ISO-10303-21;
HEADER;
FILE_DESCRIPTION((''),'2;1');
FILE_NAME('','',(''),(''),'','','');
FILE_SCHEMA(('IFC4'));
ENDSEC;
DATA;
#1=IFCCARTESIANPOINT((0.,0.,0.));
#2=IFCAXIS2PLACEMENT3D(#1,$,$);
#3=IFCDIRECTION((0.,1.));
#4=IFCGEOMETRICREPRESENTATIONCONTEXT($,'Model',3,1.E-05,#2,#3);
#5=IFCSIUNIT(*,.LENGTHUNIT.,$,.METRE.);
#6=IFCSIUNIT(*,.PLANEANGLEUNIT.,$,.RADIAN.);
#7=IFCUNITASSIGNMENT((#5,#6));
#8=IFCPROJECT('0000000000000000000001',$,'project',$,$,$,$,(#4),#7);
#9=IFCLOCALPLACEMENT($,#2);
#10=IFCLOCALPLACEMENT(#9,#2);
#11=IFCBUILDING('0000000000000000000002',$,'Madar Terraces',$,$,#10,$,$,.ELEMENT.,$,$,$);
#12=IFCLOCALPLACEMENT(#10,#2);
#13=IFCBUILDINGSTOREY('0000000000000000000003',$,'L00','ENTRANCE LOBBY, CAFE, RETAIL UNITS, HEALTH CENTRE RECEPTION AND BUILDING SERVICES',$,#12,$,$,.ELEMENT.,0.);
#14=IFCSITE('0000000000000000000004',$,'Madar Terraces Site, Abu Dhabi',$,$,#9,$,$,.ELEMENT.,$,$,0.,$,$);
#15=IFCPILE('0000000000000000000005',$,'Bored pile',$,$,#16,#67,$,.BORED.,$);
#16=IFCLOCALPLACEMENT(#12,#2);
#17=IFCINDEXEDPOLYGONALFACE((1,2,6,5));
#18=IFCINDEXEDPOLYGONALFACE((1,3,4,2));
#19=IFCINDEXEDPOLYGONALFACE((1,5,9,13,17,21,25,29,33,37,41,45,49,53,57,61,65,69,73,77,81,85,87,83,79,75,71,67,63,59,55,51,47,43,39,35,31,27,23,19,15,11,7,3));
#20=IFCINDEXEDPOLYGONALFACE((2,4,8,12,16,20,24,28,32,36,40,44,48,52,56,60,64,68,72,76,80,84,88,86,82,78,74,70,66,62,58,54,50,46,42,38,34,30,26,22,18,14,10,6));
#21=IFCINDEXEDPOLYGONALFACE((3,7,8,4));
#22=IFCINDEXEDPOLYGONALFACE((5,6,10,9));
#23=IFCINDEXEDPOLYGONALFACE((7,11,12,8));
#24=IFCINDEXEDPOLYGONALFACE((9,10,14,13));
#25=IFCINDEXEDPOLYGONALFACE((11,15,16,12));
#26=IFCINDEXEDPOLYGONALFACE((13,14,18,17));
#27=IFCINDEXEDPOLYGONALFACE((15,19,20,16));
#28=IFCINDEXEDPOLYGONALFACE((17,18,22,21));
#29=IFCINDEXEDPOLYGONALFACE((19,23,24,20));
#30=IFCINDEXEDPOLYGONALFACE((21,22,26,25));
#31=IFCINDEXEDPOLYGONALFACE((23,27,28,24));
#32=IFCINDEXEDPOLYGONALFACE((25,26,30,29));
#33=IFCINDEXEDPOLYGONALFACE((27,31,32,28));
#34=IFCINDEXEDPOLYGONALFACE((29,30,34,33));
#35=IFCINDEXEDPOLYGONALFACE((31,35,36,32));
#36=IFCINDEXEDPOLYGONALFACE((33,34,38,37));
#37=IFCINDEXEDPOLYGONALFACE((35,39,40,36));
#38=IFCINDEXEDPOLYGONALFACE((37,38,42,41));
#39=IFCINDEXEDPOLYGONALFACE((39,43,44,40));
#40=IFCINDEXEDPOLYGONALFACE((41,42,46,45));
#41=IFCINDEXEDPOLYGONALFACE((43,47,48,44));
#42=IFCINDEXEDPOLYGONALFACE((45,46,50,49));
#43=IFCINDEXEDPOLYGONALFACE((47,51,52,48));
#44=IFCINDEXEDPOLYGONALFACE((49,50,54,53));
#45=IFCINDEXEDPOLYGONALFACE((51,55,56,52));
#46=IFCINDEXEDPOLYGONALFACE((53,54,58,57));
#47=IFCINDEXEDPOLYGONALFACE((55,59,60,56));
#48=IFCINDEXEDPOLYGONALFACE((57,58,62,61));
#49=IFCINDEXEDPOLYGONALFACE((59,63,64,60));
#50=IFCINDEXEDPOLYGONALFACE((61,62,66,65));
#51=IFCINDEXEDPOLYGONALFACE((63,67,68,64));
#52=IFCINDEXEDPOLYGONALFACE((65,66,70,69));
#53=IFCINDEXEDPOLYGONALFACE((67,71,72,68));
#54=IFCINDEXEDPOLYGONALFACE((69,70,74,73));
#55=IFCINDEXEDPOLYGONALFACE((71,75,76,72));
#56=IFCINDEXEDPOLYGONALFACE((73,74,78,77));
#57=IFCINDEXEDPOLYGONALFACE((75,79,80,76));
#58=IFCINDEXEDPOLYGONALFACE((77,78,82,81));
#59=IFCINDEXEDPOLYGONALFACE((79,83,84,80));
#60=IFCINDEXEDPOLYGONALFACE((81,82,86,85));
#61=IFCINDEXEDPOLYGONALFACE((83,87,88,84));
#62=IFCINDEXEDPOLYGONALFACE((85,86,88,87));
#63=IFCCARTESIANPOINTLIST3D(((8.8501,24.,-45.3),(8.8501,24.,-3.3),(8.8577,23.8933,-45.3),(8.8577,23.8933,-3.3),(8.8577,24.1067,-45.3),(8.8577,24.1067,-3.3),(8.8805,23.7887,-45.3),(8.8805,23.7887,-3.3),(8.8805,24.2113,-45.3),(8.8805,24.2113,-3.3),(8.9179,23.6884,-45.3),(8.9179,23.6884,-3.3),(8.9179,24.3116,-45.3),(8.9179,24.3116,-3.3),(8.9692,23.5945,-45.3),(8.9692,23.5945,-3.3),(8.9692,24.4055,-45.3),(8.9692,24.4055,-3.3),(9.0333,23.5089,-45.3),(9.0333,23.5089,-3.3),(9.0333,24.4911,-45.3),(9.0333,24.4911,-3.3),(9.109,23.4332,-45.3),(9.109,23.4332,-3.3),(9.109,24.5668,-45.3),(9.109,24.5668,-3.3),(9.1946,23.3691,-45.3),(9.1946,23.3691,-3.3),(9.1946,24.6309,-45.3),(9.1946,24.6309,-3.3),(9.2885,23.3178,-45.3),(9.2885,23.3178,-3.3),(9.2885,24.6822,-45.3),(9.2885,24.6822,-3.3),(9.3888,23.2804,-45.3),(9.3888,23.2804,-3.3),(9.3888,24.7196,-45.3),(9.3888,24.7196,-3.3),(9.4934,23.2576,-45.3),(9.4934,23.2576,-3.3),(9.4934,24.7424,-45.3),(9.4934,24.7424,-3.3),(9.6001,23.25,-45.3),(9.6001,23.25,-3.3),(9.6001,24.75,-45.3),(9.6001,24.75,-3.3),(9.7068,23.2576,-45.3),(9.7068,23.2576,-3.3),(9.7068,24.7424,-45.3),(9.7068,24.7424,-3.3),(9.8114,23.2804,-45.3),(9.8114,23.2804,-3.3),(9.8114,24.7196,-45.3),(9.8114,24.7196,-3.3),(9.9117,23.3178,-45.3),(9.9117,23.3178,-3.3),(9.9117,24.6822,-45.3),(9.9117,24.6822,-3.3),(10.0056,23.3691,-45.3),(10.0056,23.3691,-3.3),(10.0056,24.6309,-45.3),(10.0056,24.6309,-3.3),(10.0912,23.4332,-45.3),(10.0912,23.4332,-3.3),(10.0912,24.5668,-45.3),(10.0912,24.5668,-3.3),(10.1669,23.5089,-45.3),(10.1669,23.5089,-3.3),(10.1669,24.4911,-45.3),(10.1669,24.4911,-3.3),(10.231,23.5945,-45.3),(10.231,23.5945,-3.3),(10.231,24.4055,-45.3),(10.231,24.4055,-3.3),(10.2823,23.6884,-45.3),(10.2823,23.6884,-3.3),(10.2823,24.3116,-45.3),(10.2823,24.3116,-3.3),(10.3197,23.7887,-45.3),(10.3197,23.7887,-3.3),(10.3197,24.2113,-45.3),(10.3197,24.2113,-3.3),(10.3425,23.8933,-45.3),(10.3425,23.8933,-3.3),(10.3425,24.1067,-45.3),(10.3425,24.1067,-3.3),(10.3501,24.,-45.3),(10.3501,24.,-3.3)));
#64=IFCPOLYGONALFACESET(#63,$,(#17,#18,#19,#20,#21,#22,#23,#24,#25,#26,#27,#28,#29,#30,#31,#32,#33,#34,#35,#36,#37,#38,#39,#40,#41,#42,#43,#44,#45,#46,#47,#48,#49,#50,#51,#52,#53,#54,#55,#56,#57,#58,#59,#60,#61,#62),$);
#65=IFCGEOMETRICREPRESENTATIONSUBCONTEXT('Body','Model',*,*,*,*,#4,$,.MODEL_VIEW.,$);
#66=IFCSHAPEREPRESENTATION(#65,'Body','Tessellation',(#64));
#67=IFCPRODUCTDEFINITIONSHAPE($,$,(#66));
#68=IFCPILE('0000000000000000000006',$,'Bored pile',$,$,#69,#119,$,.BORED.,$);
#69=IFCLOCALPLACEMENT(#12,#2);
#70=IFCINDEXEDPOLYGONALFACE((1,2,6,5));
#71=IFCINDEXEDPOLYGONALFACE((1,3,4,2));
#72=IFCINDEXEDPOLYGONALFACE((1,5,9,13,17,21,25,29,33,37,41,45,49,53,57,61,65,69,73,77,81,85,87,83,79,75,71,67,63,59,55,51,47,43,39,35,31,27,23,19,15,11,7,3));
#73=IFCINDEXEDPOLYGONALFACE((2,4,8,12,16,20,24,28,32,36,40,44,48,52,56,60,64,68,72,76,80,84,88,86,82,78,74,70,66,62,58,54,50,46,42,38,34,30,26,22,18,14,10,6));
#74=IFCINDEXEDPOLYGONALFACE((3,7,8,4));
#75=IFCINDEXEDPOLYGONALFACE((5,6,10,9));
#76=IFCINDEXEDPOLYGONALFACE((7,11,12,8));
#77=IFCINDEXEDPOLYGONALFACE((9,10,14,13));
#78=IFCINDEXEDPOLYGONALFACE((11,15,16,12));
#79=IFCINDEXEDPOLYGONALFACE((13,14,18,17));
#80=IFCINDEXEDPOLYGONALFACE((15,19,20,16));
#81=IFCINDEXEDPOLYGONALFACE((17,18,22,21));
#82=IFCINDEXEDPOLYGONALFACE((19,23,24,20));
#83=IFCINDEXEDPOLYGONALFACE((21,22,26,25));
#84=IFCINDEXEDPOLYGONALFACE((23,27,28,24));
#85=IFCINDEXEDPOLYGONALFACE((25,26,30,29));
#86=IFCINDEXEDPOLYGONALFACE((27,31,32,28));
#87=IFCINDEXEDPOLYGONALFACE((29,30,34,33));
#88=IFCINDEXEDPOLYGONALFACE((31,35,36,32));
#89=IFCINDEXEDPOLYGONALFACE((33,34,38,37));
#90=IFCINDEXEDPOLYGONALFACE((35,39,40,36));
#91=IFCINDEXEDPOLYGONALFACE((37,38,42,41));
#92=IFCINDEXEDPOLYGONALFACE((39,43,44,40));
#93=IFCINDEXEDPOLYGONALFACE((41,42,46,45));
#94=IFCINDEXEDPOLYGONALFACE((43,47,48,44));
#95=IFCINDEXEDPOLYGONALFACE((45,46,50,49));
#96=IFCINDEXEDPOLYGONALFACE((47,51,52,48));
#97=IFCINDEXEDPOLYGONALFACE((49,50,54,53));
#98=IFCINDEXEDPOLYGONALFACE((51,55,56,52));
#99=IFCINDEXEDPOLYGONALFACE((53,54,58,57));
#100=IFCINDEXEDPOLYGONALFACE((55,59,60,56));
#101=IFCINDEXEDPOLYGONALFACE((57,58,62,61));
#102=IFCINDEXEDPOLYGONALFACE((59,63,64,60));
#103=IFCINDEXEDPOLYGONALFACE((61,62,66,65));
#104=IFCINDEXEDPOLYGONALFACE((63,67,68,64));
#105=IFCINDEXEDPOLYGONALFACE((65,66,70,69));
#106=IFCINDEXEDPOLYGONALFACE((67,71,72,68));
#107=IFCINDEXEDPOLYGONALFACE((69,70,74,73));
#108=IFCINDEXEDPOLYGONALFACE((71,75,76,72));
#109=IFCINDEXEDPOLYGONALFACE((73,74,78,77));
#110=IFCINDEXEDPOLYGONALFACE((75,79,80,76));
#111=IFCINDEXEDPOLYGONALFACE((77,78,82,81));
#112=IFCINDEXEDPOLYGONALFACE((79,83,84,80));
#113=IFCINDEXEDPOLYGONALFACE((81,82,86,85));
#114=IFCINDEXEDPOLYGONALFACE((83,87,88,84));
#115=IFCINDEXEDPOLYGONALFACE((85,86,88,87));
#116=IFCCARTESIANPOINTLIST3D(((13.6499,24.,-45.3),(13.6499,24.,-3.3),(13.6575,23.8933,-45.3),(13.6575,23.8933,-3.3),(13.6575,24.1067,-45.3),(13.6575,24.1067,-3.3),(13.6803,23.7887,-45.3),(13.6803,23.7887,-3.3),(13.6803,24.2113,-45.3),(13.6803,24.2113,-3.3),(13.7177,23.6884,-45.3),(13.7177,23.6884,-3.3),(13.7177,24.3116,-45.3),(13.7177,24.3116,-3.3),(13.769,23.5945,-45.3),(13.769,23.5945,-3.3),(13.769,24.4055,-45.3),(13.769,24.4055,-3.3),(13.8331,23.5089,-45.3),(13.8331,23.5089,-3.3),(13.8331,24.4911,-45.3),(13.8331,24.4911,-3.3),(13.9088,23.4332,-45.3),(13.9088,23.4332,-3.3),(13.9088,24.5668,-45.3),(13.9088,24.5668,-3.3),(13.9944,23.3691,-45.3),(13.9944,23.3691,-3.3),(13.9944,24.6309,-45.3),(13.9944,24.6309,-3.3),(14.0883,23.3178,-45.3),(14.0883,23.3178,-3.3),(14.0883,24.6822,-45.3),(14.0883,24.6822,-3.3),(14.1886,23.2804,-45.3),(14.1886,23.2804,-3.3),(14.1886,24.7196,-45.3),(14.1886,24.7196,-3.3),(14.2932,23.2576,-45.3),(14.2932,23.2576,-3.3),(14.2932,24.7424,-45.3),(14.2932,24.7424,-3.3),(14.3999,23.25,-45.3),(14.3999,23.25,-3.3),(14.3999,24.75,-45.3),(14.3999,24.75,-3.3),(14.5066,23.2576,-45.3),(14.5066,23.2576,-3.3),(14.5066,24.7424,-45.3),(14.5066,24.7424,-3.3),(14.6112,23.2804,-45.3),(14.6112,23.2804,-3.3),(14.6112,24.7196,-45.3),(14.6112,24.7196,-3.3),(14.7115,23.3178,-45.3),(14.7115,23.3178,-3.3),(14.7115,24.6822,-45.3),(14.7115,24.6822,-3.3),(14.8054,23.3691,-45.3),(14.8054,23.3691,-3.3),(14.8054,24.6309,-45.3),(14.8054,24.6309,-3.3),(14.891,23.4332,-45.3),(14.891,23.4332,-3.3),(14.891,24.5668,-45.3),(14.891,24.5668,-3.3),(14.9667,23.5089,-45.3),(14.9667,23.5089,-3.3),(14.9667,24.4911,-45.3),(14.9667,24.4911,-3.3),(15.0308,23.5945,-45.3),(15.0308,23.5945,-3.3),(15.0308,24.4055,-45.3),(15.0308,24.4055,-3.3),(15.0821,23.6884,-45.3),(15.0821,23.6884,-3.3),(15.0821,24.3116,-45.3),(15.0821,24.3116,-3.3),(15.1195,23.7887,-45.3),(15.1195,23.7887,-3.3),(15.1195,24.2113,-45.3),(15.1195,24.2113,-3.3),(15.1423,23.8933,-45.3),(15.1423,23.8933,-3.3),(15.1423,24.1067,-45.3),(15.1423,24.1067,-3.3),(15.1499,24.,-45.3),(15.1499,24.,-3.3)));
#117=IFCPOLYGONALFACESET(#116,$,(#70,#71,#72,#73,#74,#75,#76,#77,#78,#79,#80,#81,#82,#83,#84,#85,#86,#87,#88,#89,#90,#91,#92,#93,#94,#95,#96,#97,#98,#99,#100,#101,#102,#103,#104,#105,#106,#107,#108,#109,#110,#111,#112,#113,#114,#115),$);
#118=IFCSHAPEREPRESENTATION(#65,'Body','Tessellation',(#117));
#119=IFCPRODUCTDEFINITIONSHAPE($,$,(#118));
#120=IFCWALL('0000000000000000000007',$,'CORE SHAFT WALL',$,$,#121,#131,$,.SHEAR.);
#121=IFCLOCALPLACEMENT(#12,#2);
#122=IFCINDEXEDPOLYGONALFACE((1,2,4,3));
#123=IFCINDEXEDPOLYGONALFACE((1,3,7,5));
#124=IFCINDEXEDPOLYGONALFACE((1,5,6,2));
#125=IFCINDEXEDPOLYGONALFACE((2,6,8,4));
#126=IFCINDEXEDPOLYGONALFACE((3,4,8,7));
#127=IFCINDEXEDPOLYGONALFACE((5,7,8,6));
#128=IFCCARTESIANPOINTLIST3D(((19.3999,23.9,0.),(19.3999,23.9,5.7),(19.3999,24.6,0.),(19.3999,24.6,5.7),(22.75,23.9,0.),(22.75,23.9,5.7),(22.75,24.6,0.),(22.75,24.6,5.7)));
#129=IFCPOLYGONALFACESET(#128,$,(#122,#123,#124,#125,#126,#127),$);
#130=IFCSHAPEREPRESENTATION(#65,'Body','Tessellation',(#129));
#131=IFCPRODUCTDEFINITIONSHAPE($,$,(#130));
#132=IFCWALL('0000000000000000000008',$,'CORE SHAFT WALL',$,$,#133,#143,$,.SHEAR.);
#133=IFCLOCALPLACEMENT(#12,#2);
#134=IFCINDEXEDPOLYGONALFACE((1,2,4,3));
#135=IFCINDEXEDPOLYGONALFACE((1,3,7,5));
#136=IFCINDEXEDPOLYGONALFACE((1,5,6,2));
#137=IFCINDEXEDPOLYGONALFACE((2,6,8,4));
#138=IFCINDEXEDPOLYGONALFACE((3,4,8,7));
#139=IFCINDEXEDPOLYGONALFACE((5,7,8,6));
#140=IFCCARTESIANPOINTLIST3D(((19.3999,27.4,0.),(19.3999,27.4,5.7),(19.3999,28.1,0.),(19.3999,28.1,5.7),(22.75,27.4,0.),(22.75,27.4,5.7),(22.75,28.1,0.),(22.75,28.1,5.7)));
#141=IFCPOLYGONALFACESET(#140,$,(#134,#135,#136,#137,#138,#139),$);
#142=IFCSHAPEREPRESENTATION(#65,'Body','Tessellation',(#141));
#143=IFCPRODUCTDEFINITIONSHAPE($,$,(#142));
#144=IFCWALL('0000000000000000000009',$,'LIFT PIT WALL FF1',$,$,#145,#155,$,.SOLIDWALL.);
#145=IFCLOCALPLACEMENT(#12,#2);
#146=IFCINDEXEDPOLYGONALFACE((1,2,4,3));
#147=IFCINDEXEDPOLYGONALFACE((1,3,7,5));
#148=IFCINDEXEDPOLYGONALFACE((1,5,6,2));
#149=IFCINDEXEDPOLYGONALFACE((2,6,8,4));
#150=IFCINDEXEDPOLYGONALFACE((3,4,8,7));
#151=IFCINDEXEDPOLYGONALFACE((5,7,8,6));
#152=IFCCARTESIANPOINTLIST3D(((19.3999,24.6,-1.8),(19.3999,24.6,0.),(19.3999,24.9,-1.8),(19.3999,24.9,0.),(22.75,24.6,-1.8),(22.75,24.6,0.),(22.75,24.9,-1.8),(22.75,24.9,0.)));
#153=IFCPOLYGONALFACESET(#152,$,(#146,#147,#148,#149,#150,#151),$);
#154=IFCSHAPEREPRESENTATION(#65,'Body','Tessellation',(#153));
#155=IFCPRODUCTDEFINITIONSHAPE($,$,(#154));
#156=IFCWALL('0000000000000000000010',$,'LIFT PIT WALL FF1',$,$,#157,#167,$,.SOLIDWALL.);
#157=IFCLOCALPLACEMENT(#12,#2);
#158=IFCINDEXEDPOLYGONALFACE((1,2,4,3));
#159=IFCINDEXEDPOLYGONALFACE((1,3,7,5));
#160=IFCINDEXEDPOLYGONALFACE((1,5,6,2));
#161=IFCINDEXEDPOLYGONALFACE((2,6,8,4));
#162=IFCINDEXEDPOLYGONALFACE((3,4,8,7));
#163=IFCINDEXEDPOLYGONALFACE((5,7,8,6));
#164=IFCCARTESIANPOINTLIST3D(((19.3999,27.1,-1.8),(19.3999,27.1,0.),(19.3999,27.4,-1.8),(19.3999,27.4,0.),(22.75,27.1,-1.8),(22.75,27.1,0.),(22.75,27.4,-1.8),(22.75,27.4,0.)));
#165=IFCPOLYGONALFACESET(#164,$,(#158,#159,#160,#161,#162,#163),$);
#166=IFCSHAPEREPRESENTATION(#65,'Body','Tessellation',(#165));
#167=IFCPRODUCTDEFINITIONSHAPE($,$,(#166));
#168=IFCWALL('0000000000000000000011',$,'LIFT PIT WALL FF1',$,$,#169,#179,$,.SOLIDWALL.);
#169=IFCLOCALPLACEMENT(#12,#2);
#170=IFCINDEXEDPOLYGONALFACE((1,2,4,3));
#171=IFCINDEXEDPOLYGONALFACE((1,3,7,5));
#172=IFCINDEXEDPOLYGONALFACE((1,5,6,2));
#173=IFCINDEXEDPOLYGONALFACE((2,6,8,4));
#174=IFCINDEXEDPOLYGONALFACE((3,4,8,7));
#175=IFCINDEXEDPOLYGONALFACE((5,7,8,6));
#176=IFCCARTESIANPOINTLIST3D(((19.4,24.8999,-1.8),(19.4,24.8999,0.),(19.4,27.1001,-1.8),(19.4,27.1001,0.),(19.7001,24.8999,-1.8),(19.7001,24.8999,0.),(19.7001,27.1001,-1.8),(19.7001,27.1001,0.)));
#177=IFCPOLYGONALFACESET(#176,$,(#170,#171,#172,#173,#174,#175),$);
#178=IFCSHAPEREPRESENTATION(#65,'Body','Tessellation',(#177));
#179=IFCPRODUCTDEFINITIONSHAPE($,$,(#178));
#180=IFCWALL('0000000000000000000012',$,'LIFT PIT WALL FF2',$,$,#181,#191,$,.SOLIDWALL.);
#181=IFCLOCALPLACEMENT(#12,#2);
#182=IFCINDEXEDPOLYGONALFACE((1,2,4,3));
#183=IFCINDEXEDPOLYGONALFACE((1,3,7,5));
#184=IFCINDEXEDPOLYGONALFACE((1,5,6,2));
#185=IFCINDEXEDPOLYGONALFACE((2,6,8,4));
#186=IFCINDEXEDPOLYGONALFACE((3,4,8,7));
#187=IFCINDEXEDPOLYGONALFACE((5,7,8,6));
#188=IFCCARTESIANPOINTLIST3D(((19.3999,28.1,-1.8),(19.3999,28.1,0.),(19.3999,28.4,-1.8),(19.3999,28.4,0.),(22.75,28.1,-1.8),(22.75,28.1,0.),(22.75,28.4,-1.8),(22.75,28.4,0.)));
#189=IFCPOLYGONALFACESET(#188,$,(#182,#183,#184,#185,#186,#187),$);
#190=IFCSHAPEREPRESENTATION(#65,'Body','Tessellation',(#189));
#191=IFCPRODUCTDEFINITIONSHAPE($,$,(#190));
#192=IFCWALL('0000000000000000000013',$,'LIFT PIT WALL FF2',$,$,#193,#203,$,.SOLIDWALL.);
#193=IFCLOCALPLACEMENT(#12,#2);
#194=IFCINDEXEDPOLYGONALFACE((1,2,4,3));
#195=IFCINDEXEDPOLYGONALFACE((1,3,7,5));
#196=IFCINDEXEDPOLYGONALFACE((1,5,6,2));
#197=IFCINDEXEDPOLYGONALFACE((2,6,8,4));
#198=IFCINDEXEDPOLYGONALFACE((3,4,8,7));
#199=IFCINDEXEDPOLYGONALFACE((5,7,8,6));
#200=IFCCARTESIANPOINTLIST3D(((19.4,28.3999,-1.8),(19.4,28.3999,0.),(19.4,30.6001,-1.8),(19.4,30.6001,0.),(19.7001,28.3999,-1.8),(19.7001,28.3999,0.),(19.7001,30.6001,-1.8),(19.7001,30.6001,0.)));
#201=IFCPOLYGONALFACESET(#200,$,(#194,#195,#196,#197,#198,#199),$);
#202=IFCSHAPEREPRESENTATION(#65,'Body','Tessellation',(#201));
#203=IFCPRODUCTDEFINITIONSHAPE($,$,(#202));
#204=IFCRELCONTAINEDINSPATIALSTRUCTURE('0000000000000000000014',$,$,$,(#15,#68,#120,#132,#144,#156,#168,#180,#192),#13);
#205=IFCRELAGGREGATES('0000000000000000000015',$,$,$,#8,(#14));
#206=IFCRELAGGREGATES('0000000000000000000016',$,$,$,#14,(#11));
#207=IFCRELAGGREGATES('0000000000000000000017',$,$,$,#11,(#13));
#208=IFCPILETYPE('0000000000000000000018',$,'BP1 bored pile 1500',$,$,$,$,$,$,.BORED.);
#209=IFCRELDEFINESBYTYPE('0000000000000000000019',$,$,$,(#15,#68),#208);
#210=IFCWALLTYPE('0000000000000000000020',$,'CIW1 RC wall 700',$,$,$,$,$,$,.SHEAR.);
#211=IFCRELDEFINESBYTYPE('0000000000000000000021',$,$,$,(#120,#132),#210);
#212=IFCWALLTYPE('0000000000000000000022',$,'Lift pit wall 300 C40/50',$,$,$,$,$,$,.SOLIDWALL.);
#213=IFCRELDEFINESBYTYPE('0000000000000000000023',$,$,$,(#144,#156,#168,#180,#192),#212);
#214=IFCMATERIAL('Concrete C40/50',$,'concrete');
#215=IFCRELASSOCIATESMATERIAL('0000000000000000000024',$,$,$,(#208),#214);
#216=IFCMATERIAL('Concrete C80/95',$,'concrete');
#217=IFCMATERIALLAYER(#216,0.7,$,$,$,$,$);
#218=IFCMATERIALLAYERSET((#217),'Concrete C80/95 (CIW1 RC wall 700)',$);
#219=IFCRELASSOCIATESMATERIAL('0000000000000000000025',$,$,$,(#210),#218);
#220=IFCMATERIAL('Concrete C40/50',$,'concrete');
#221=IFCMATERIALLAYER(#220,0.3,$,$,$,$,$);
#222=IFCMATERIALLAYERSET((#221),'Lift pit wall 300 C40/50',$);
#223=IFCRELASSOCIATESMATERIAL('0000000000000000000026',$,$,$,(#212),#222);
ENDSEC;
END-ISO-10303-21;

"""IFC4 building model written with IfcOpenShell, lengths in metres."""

from ifc_helpers import new_model, si_unit, direction, frame, frame_2d, origin, origin_2d, place, context, subcontext, project, spatial, rectangle, circle, extrude, material, layer, layer_set, material_profile, profile_set, type_object, element, save


model = new_model("IFC4")

# Units and contexts
model_context = context("Model", 3, precision=1e-05, world=origin(), true_north=direction((0.0, 1.0)))
body_context = subcontext(model_context, "Body", "Model", "MODEL_VIEW")
ifc_project = project(units=[si_unit("LENGTHUNIT", "METRE"), si_unit("PLANEANGLEUNIT", "RADIAN")], contexts=[model_context])

# Site, building, storey
site_placement = place(None, origin())
site = spatial("IfcSite", under=ifc_project, at=site_placement, Name="Madar Terraces Site, Abu Dhabi", CompositionType="ELEMENT", RefElevation=0.0)
building_placement = place(site_placement, origin())
building = spatial("IfcBuilding", under=site, at=building_placement, Name="Madar Terraces", CompositionType="ELEMENT")
storey_placement = place(building_placement, origin())
storey = spatial("IfcBuildingStorey", under=building, at=storey_placement, Name="L00", Description="ENTRANCE LOBBY, CAFE, RETAIL UNITS, HEALTH CENTRE RECEPTION AND BUILDING SERVICES", CompositionType="ELEMENT", Elevation=0.0)

# Piles
ifc_material_1 = material(Name="Concrete C40/50", Category="concrete")
ifc_material_profile = material_profile(ifc_material_1, circle(Radius=0.75, at=origin_2d()), Name="BP1 bored pile 1500")
ifc_profile_set = profile_set([ifc_material_profile], Name="Concrete C40/50")
pile_type = type_object("IfcPileType", Name="BP1 bored pile 1500", PredefinedType="BORED", material=ifc_profile_set)
for number, where, z_axis, x_axis, name in (
    (1, (9.6001, 24.0, -3.3), (0.0, 0.0, -1.0), (1.0, 0.0, 0.0), "Bored pile"),
    (2, (14.3999, 24.0, -3.3), (0.0, 0.0, -1.0), (1.0, 0.0, 0.0), "Bored pile"),
):
    element("IfcPile", number, at=place(storey_placement, frame(where, z_axis=z_axis, x_axis=x_axis)), inside=storey, type_object=pile_type, Name=name, PredefinedType="BORED", context=body_context, shape_type="SweptSolid", body=[
        extrude(circle(Radius=0.75, at=origin_2d()), origin(), (0.0, 0.0, 1.0), 42.0),
    ])

# Walls
ifc_material_2 = material(Name="Concrete C80/95", Category="concrete")
ifc_layer_1 = layer(ifc_material_2, 0.7)
ifc_layer_set_1 = layer_set([ifc_layer_1], Name="Concrete C80/95 (CIW1 RC wall 700)")
wall_type_1 = type_object("IfcWallType", Name="CIW1 RC wall 700", PredefinedType="SHEAR", material=ifc_layer_set_1)
for number, where, z_axis, x_axis, name in (
    (3, (19.3999, 24.25, 0.0), (0.0, 0.0, 1.0), (1.0, 0.0, 0.0), "CORE SHAFT WALL"),
    (4, (19.3999, 27.75, 0.0), (0.0, 0.0, 1.0), (1.0, 0.0, 0.0), "CORE SHAFT WALL"),
):
    element("IfcWall", number, at=place(storey_placement, frame(where, z_axis=z_axis, x_axis=x_axis)), inside=storey, type_object=wall_type_1, Name=name, PredefinedType="SHEAR", context=body_context, shape_type="SweptSolid", body=[
        extrude(rectangle(XDim=3.3501, YDim=0.7, at=frame_2d((1.675, 0.0))), origin(), (0.0, 0.0, 1.0), 5.7),
    ])
ifc_material_3 = material(Name="Concrete C40/50", Category="concrete")
ifc_layer_2 = layer(ifc_material_3, 0.3)
ifc_layer_set_2 = layer_set([ifc_layer_2], Name="Lift pit wall 300 C40/50")
wall_type_2 = type_object("IfcWallType", Name="Lift pit wall 300 C40/50", PredefinedType="SOLIDWALL", material=ifc_layer_set_2)
for number, where, z_axis, x_axis, name in (
    (5, (19.3999, 24.75, -1.8), (0.0, 0.0, 1.0), (1.0, 0.0, 0.0), "LIFT PIT WALL FF1"),
    (6, (19.3999, 27.25, -1.8), (0.0, 0.0, 1.0), (1.0, 0.0, 0.0), "LIFT PIT WALL FF1"),
):
    element("IfcWall", number, at=place(storey_placement, frame(where, z_axis=z_axis, x_axis=x_axis)), inside=storey, type_object=wall_type_2, Name=name, PredefinedType="SOLIDWALL", context=body_context, shape_type="SweptSolid", body=[
        extrude(rectangle(XDim=3.3501, YDim=0.3, at=frame_2d((1.675, 0.0))), origin(), (0.0, 0.0, 1.0), 1.8),
    ])
wall_1_placement = place(storey_placement, frame((19.55, 24.8999, -1.8), z_axis=(0.0, 0.0, 1.0), x_axis=(0.0, 1.0, 0.0)))
element("IfcWall", 7, at=wall_1_placement, inside=storey, type_object=wall_type_2, Name="LIFT PIT WALL FF1", PredefinedType="SOLIDWALL", context=body_context, shape_type="SweptSolid", body=[
    extrude(rectangle(XDim=2.2002, YDim=0.3, at=frame_2d((1.1001, 0.0))), origin(), (0.0, 0.0, 1.0), 1.8),
])
wall_2_placement = place(storey_placement, frame((19.3999, 28.25, -1.8), z_axis=(0.0, 0.0, 1.0), x_axis=(1.0, 0.0, 0.0)))
element("IfcWall", 8, at=wall_2_placement, inside=storey, type_object=wall_type_2, Name="LIFT PIT WALL FF2", PredefinedType="SOLIDWALL", context=body_context, shape_type="SweptSolid", body=[
    extrude(rectangle(XDim=3.3501, YDim=0.3, at=frame_2d((1.675, 0.0))), origin(), (0.0, 0.0, 1.0), 1.8),
])
wall_3_placement = place(storey_placement, frame((19.55, 28.3999, -1.8), z_axis=(0.0, 0.0, 1.0), x_axis=(0.0, 1.0, 0.0)))
element("IfcWall", 9, at=wall_3_placement, inside=storey, type_object=wall_type_2, Name="LIFT PIT WALL FF2", PredefinedType="SOLIDWALL", context=body_context, shape_type="SweptSolid", body=[
    extrude(rectangle(XDim=2.2002, YDim=0.3, at=frame_2d((1.1001, 0.0))), origin(), (0.0, 0.0, 1.0), 1.8),
])

save(model, "model.ifc")
